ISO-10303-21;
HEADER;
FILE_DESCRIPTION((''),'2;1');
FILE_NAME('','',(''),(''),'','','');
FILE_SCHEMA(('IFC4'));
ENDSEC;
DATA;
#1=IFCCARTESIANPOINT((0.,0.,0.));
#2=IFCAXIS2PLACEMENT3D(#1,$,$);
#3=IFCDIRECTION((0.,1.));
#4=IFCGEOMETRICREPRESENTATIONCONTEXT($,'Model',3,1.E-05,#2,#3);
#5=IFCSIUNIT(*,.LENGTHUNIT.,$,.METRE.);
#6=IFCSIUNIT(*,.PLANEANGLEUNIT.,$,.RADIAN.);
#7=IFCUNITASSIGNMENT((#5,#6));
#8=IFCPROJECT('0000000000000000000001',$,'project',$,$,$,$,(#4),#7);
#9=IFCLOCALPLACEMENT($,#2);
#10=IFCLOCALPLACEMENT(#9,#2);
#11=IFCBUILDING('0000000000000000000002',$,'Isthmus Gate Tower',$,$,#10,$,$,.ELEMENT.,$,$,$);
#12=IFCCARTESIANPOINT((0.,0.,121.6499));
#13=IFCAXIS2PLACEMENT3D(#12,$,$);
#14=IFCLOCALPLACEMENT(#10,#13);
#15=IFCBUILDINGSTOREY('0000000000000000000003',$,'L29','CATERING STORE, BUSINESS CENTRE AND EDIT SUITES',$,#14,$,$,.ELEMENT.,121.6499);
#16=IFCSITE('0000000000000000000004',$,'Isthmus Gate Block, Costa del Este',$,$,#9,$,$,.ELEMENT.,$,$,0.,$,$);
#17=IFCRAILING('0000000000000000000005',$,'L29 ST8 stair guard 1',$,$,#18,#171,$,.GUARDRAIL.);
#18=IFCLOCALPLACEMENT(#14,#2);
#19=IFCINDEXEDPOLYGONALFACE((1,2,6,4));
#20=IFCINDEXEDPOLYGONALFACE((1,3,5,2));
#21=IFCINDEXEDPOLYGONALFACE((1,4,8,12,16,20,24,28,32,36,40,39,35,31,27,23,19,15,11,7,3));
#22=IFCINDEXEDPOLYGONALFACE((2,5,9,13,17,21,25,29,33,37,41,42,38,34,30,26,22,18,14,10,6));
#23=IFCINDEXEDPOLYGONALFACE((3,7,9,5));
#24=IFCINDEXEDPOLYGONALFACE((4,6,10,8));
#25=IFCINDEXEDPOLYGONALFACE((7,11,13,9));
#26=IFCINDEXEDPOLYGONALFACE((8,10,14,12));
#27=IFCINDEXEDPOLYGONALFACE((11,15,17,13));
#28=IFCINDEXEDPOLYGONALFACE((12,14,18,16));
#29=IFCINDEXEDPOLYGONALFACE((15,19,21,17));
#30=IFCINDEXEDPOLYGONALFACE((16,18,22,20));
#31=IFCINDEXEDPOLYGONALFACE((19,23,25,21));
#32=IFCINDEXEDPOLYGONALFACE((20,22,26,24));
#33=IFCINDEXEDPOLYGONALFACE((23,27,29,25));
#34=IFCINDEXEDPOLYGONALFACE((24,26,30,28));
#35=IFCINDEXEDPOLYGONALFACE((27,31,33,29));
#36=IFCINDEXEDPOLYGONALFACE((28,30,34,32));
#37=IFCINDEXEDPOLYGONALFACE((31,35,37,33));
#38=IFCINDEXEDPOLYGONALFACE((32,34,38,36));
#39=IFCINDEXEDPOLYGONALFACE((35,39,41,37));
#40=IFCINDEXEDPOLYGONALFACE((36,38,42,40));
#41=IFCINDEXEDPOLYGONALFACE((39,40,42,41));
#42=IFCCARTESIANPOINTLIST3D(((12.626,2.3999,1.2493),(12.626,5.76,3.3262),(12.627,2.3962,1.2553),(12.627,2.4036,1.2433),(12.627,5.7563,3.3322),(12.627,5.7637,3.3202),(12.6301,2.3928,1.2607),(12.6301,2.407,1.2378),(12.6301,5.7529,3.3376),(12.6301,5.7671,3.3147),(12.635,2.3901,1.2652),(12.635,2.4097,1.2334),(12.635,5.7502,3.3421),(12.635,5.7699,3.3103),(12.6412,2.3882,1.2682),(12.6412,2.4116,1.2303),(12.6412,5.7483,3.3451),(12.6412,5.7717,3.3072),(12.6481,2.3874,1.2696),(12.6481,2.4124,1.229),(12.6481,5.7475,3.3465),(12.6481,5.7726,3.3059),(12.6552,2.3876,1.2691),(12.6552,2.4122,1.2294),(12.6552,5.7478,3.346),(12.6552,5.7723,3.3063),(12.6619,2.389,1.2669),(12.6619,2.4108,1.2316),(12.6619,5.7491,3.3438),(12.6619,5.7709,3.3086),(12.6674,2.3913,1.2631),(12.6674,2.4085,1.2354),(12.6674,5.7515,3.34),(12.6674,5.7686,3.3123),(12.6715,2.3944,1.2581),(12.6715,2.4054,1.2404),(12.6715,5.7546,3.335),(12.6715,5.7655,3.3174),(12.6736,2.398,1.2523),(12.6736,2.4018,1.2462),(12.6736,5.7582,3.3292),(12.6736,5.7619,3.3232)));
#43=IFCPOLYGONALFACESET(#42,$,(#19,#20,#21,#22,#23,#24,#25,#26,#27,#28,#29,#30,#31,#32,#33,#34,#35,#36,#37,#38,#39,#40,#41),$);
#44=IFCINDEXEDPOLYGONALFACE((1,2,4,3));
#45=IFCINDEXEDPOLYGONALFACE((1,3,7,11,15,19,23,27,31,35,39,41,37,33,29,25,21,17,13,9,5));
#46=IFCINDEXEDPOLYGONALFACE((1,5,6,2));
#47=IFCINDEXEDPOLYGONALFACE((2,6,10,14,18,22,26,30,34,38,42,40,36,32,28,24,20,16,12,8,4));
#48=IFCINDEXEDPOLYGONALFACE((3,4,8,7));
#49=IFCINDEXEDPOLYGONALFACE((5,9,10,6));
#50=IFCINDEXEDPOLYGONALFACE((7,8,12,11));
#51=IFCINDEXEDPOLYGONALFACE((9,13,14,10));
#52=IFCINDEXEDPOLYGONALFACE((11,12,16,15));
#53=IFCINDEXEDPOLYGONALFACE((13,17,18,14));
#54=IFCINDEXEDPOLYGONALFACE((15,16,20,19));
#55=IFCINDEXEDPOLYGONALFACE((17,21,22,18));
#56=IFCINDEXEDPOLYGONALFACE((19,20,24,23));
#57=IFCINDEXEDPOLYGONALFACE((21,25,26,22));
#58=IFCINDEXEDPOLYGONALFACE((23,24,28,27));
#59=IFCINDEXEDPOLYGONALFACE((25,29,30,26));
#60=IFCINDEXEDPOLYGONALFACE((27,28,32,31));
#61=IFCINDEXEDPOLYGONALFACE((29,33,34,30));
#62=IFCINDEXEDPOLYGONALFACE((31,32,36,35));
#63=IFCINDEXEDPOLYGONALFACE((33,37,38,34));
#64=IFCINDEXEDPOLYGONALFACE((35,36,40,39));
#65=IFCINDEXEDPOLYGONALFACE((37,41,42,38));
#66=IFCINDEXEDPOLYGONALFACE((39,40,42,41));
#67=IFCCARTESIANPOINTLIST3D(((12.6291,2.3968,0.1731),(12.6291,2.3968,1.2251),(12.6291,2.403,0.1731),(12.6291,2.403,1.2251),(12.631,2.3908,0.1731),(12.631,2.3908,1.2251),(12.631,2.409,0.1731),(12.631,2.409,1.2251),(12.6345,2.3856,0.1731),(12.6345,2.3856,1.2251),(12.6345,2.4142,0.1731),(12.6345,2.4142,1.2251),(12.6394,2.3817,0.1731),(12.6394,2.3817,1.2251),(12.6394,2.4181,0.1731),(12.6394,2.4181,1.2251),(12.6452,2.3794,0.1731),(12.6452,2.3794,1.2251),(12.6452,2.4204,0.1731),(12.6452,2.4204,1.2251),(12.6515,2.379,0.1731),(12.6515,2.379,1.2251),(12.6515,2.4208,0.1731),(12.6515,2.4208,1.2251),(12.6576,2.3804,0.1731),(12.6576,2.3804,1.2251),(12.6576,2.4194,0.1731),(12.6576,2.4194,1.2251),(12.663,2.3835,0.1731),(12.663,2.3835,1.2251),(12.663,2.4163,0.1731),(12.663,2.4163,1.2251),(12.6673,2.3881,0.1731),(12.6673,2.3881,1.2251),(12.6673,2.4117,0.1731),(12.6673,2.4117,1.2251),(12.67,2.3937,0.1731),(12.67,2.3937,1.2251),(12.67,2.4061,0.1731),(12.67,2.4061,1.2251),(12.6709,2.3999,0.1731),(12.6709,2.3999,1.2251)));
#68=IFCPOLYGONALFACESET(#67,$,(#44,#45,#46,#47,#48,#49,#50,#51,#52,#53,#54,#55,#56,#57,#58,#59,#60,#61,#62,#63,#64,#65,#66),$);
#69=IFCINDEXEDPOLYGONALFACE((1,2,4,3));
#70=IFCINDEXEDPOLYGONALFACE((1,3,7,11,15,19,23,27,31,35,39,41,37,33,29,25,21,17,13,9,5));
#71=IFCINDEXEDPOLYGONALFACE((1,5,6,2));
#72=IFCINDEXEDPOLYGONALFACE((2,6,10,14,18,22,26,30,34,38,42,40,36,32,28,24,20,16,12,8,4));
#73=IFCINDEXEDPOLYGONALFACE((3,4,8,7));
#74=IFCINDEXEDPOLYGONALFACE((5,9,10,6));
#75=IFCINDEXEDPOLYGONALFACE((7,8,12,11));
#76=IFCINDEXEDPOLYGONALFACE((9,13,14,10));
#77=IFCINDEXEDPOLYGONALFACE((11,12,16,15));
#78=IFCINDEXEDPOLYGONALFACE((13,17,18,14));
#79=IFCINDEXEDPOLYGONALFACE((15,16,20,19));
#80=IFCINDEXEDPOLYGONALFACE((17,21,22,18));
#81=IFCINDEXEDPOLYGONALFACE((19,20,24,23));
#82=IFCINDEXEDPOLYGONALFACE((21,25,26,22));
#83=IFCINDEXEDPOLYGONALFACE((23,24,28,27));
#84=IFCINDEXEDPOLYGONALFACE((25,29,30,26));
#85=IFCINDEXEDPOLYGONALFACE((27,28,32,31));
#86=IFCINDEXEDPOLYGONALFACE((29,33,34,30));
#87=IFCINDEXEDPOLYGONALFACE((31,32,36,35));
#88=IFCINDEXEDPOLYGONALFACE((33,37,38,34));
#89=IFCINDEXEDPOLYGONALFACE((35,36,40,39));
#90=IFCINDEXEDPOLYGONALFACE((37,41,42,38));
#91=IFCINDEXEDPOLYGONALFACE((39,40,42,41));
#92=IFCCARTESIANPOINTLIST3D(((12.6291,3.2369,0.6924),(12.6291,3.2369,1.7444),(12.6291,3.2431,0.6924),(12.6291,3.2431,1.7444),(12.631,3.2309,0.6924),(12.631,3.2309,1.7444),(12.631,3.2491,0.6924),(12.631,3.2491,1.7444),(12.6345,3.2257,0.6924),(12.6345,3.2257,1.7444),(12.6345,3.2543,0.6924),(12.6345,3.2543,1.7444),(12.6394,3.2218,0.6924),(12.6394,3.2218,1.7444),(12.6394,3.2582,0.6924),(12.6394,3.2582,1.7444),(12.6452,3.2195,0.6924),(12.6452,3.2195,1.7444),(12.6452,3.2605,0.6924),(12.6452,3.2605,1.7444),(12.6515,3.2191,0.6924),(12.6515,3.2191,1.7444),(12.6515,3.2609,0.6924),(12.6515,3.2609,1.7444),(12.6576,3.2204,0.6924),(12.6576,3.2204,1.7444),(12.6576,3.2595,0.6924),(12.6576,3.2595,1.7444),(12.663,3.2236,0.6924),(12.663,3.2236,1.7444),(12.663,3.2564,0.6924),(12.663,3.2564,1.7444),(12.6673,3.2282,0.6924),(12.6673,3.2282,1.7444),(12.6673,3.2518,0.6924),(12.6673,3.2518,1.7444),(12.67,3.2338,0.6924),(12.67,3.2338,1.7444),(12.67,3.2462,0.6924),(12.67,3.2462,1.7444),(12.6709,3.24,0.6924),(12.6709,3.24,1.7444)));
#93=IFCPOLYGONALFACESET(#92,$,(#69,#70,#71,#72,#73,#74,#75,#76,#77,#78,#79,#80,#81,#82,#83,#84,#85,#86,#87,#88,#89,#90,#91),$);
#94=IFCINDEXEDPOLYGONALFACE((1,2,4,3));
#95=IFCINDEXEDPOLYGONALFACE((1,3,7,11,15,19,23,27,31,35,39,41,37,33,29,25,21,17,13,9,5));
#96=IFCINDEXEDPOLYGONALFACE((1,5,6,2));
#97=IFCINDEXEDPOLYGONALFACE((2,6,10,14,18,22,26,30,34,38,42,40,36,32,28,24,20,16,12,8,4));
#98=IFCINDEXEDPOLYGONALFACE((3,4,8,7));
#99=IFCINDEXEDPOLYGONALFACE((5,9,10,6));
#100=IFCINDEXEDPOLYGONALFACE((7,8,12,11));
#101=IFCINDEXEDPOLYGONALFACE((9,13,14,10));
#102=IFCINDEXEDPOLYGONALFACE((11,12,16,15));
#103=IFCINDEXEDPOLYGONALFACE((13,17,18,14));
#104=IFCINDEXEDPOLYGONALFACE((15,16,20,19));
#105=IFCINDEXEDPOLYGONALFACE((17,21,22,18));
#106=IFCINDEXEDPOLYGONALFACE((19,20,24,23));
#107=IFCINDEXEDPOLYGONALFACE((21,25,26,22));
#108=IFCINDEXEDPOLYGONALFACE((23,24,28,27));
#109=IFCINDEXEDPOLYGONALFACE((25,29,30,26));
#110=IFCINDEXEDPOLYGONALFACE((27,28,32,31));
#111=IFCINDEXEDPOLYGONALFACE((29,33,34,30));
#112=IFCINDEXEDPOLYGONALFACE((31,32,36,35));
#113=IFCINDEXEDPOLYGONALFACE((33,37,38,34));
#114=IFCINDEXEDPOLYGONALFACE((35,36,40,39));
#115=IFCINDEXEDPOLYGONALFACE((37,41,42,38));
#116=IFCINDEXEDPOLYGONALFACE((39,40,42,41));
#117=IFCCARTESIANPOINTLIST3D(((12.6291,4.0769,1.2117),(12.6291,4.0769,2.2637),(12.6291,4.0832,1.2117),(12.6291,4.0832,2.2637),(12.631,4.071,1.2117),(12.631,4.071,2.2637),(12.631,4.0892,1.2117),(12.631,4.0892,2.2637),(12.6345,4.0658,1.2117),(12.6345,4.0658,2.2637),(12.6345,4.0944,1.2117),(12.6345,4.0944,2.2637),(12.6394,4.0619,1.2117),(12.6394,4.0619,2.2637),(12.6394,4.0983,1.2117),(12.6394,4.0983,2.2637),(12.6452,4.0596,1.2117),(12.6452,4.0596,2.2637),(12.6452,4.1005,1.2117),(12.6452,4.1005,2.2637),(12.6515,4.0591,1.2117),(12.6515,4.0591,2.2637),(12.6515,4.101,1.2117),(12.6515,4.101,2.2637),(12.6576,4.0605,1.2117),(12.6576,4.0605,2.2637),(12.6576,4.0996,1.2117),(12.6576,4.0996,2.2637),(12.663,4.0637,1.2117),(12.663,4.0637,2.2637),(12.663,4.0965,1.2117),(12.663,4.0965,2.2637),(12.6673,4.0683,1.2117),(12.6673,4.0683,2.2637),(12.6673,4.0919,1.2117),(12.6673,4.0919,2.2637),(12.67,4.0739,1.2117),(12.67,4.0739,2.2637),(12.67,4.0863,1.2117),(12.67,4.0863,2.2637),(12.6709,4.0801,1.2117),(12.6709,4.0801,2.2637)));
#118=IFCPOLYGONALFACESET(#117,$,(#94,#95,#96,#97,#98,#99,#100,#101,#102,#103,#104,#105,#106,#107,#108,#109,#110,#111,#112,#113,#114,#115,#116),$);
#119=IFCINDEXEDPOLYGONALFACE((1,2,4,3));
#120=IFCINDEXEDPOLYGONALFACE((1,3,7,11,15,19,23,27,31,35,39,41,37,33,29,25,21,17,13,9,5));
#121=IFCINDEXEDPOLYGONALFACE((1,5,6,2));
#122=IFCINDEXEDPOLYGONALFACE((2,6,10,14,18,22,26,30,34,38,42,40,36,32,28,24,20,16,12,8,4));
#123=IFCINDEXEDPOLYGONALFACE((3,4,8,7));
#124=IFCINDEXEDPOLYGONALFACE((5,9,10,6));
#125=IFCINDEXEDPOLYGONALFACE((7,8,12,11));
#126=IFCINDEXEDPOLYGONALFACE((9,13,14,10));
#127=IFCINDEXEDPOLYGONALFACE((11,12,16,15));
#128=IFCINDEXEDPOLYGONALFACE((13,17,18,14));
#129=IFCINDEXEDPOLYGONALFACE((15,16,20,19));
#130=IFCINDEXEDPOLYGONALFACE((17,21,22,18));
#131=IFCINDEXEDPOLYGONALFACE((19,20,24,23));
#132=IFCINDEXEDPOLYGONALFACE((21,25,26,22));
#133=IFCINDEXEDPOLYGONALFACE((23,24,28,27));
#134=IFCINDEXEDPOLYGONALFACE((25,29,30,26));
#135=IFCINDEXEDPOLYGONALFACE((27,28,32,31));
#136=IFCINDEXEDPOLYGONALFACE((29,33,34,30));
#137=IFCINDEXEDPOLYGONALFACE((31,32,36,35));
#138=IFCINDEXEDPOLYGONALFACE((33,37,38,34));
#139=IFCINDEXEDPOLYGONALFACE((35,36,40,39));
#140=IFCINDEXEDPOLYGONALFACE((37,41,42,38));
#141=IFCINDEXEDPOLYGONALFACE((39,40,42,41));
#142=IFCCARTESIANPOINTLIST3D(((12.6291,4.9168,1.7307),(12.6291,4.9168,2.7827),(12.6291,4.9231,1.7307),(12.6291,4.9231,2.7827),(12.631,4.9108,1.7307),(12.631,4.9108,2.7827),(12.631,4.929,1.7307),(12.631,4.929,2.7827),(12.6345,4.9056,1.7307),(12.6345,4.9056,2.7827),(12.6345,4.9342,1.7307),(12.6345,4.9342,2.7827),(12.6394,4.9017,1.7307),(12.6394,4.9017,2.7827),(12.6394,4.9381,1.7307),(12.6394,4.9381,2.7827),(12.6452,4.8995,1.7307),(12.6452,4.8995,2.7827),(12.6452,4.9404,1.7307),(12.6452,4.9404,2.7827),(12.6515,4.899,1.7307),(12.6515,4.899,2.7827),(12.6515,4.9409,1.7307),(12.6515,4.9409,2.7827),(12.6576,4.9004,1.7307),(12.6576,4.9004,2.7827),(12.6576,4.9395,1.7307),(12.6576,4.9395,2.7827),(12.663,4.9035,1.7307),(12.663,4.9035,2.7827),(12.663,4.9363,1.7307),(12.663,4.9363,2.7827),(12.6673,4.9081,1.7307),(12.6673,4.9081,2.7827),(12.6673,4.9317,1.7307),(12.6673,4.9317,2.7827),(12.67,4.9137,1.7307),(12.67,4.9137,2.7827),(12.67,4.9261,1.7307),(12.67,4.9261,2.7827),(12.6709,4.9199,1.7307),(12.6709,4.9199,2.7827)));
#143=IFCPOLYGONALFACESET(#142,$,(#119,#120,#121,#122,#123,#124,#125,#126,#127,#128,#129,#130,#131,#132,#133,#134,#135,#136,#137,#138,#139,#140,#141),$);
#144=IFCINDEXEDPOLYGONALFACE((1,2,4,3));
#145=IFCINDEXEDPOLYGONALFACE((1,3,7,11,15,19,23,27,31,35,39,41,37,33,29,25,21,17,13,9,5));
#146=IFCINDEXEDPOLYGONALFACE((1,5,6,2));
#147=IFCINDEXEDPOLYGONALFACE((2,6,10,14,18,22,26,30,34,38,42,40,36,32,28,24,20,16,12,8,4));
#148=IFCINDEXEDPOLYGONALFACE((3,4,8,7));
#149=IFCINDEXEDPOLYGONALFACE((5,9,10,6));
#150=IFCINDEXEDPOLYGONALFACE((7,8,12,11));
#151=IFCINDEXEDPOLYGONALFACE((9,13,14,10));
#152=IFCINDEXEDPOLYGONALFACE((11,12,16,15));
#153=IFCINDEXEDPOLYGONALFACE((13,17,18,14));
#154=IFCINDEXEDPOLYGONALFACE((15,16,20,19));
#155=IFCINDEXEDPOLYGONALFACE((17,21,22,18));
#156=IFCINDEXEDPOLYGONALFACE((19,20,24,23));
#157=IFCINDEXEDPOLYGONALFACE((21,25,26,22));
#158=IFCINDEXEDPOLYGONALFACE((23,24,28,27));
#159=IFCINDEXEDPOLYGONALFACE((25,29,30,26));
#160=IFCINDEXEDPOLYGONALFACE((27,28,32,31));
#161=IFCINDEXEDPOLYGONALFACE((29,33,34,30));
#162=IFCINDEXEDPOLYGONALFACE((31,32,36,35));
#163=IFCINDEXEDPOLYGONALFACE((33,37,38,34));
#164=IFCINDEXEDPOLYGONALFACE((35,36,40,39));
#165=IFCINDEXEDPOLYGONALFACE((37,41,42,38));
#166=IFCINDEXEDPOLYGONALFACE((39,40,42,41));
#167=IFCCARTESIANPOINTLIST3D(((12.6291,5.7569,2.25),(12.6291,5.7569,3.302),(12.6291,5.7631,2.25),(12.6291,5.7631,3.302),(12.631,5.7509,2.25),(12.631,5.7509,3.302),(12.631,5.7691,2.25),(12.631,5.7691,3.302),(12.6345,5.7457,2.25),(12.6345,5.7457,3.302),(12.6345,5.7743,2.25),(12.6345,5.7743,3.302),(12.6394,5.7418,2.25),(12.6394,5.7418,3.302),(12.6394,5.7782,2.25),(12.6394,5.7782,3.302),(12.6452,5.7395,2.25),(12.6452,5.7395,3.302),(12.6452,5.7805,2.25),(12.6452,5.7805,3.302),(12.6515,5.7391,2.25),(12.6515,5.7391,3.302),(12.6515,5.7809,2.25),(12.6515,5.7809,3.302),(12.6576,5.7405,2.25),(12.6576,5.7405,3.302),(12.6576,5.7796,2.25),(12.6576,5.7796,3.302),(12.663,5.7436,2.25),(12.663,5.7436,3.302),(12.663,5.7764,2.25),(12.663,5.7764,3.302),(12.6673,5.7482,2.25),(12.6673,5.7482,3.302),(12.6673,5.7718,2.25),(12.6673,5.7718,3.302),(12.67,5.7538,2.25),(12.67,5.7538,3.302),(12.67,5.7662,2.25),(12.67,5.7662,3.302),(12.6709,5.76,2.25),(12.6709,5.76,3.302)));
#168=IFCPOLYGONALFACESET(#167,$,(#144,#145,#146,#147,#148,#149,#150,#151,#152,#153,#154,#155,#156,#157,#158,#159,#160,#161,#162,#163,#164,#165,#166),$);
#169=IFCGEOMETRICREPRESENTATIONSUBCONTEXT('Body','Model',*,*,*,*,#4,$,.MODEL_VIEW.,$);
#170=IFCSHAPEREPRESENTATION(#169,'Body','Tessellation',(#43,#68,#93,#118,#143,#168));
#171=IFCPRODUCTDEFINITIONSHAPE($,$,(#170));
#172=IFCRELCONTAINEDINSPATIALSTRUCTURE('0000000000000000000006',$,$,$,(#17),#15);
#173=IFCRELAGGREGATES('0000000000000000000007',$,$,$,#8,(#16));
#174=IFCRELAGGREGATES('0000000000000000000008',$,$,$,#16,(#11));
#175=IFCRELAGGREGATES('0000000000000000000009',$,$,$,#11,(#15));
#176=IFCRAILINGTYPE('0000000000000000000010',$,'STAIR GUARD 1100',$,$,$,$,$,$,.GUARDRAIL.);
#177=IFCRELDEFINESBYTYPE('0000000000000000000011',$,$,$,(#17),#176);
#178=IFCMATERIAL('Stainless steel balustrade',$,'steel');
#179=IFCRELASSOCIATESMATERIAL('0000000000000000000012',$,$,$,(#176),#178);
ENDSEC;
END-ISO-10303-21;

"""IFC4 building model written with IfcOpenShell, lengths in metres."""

from ifc_helpers import new_model, si_unit, direction, frame, origin, origin_2d, place, context, subcontext, project, spatial, circle, extrude, material, type_object, element, save


model = new_model("IFC4")

# Units and contexts
model_context = context("Model", 3, precision=1e-05, world=origin(), true_north=direction((0.0, 1.0)))
body_context = subcontext(model_context, "Body", "Model", "MODEL_VIEW")
ifc_project = project(units=[si_unit("LENGTHUNIT", "METRE"), si_unit("PLANEANGLEUNIT", "RADIAN")], contexts=[model_context])

# Site, building, storey
site_placement = place(None, origin())
site = spatial("IfcSite", under=ifc_project, at=site_placement, Name="Isthmus Gate Block, Costa del Este", CompositionType="ELEMENT", RefElevation=0.0)
building_placement = place(site_placement, origin())
building = spatial("IfcBuilding", under=site, at=building_placement, Name="Isthmus Gate Tower", CompositionType="ELEMENT")
storey_placement = place(building_placement, frame((0.0, 0.0, 121.6499)))
storey = spatial("IfcBuildingStorey", under=building, at=storey_placement, Name="L29", Description="CATERING STORE, BUSINESS CENTRE AND EDIT SUITES", CompositionType="ELEMENT", Elevation=121.6499)

# Railing
ifc_material_1 = material(Name="Stainless steel balustrade", Category="steel")
railing_type_1 = type_object("IfcRailingType", Name="STAIR GUARD 1100", PredefinedType="GUARDRAIL", material=ifc_material_1)
for number, where, name in (
    (1, (12.6499, 2.3999, 0.1731), "L29 ST8 stair guard 1"),
):
    element("IfcRailing", number, at=place(storey_placement, frame(where)), inside=storey, type_object=railing_type_1, Name=name, PredefinedType="GUARDRAIL", context=body_context, shape_type="SweptSolid", body=[
        extrude(circle(Radius=0.0239, at=origin_2d()), frame((0.0, 0.0, 1.0762), z_axis=(0.0, 0.850623, 0.525776), x_axis=(-1.0, 0.0, 0.0)), (0.0, 0.0, 1.0), 3.9502),
        extrude(circle(Radius=0.021, at=origin_2d()), origin(), (0.0, 0.0, 1.0), 1.052),
        extrude(circle(Radius=0.021, at=origin_2d()), frame((0.0, 0.8401, 0.5193)), (0.0, 0.0, 1.0), 1.052),
        extrude(circle(Radius=0.021, at=origin_2d()), frame((0.0, 1.6802, 1.0386)), (0.0, 0.0, 1.0), 1.052),
        extrude(circle(Radius=0.021, at=origin_2d()), frame((0.0, 2.52, 1.5576)), (0.0, 0.0, 1.0), 1.052),
        extrude(circle(Radius=0.021, at=origin_2d()), frame((0.0, 3.3601, 2.0769)), (0.0, 0.0, 1.0), 1.052),
    ])

save(model, "model.ifc")
